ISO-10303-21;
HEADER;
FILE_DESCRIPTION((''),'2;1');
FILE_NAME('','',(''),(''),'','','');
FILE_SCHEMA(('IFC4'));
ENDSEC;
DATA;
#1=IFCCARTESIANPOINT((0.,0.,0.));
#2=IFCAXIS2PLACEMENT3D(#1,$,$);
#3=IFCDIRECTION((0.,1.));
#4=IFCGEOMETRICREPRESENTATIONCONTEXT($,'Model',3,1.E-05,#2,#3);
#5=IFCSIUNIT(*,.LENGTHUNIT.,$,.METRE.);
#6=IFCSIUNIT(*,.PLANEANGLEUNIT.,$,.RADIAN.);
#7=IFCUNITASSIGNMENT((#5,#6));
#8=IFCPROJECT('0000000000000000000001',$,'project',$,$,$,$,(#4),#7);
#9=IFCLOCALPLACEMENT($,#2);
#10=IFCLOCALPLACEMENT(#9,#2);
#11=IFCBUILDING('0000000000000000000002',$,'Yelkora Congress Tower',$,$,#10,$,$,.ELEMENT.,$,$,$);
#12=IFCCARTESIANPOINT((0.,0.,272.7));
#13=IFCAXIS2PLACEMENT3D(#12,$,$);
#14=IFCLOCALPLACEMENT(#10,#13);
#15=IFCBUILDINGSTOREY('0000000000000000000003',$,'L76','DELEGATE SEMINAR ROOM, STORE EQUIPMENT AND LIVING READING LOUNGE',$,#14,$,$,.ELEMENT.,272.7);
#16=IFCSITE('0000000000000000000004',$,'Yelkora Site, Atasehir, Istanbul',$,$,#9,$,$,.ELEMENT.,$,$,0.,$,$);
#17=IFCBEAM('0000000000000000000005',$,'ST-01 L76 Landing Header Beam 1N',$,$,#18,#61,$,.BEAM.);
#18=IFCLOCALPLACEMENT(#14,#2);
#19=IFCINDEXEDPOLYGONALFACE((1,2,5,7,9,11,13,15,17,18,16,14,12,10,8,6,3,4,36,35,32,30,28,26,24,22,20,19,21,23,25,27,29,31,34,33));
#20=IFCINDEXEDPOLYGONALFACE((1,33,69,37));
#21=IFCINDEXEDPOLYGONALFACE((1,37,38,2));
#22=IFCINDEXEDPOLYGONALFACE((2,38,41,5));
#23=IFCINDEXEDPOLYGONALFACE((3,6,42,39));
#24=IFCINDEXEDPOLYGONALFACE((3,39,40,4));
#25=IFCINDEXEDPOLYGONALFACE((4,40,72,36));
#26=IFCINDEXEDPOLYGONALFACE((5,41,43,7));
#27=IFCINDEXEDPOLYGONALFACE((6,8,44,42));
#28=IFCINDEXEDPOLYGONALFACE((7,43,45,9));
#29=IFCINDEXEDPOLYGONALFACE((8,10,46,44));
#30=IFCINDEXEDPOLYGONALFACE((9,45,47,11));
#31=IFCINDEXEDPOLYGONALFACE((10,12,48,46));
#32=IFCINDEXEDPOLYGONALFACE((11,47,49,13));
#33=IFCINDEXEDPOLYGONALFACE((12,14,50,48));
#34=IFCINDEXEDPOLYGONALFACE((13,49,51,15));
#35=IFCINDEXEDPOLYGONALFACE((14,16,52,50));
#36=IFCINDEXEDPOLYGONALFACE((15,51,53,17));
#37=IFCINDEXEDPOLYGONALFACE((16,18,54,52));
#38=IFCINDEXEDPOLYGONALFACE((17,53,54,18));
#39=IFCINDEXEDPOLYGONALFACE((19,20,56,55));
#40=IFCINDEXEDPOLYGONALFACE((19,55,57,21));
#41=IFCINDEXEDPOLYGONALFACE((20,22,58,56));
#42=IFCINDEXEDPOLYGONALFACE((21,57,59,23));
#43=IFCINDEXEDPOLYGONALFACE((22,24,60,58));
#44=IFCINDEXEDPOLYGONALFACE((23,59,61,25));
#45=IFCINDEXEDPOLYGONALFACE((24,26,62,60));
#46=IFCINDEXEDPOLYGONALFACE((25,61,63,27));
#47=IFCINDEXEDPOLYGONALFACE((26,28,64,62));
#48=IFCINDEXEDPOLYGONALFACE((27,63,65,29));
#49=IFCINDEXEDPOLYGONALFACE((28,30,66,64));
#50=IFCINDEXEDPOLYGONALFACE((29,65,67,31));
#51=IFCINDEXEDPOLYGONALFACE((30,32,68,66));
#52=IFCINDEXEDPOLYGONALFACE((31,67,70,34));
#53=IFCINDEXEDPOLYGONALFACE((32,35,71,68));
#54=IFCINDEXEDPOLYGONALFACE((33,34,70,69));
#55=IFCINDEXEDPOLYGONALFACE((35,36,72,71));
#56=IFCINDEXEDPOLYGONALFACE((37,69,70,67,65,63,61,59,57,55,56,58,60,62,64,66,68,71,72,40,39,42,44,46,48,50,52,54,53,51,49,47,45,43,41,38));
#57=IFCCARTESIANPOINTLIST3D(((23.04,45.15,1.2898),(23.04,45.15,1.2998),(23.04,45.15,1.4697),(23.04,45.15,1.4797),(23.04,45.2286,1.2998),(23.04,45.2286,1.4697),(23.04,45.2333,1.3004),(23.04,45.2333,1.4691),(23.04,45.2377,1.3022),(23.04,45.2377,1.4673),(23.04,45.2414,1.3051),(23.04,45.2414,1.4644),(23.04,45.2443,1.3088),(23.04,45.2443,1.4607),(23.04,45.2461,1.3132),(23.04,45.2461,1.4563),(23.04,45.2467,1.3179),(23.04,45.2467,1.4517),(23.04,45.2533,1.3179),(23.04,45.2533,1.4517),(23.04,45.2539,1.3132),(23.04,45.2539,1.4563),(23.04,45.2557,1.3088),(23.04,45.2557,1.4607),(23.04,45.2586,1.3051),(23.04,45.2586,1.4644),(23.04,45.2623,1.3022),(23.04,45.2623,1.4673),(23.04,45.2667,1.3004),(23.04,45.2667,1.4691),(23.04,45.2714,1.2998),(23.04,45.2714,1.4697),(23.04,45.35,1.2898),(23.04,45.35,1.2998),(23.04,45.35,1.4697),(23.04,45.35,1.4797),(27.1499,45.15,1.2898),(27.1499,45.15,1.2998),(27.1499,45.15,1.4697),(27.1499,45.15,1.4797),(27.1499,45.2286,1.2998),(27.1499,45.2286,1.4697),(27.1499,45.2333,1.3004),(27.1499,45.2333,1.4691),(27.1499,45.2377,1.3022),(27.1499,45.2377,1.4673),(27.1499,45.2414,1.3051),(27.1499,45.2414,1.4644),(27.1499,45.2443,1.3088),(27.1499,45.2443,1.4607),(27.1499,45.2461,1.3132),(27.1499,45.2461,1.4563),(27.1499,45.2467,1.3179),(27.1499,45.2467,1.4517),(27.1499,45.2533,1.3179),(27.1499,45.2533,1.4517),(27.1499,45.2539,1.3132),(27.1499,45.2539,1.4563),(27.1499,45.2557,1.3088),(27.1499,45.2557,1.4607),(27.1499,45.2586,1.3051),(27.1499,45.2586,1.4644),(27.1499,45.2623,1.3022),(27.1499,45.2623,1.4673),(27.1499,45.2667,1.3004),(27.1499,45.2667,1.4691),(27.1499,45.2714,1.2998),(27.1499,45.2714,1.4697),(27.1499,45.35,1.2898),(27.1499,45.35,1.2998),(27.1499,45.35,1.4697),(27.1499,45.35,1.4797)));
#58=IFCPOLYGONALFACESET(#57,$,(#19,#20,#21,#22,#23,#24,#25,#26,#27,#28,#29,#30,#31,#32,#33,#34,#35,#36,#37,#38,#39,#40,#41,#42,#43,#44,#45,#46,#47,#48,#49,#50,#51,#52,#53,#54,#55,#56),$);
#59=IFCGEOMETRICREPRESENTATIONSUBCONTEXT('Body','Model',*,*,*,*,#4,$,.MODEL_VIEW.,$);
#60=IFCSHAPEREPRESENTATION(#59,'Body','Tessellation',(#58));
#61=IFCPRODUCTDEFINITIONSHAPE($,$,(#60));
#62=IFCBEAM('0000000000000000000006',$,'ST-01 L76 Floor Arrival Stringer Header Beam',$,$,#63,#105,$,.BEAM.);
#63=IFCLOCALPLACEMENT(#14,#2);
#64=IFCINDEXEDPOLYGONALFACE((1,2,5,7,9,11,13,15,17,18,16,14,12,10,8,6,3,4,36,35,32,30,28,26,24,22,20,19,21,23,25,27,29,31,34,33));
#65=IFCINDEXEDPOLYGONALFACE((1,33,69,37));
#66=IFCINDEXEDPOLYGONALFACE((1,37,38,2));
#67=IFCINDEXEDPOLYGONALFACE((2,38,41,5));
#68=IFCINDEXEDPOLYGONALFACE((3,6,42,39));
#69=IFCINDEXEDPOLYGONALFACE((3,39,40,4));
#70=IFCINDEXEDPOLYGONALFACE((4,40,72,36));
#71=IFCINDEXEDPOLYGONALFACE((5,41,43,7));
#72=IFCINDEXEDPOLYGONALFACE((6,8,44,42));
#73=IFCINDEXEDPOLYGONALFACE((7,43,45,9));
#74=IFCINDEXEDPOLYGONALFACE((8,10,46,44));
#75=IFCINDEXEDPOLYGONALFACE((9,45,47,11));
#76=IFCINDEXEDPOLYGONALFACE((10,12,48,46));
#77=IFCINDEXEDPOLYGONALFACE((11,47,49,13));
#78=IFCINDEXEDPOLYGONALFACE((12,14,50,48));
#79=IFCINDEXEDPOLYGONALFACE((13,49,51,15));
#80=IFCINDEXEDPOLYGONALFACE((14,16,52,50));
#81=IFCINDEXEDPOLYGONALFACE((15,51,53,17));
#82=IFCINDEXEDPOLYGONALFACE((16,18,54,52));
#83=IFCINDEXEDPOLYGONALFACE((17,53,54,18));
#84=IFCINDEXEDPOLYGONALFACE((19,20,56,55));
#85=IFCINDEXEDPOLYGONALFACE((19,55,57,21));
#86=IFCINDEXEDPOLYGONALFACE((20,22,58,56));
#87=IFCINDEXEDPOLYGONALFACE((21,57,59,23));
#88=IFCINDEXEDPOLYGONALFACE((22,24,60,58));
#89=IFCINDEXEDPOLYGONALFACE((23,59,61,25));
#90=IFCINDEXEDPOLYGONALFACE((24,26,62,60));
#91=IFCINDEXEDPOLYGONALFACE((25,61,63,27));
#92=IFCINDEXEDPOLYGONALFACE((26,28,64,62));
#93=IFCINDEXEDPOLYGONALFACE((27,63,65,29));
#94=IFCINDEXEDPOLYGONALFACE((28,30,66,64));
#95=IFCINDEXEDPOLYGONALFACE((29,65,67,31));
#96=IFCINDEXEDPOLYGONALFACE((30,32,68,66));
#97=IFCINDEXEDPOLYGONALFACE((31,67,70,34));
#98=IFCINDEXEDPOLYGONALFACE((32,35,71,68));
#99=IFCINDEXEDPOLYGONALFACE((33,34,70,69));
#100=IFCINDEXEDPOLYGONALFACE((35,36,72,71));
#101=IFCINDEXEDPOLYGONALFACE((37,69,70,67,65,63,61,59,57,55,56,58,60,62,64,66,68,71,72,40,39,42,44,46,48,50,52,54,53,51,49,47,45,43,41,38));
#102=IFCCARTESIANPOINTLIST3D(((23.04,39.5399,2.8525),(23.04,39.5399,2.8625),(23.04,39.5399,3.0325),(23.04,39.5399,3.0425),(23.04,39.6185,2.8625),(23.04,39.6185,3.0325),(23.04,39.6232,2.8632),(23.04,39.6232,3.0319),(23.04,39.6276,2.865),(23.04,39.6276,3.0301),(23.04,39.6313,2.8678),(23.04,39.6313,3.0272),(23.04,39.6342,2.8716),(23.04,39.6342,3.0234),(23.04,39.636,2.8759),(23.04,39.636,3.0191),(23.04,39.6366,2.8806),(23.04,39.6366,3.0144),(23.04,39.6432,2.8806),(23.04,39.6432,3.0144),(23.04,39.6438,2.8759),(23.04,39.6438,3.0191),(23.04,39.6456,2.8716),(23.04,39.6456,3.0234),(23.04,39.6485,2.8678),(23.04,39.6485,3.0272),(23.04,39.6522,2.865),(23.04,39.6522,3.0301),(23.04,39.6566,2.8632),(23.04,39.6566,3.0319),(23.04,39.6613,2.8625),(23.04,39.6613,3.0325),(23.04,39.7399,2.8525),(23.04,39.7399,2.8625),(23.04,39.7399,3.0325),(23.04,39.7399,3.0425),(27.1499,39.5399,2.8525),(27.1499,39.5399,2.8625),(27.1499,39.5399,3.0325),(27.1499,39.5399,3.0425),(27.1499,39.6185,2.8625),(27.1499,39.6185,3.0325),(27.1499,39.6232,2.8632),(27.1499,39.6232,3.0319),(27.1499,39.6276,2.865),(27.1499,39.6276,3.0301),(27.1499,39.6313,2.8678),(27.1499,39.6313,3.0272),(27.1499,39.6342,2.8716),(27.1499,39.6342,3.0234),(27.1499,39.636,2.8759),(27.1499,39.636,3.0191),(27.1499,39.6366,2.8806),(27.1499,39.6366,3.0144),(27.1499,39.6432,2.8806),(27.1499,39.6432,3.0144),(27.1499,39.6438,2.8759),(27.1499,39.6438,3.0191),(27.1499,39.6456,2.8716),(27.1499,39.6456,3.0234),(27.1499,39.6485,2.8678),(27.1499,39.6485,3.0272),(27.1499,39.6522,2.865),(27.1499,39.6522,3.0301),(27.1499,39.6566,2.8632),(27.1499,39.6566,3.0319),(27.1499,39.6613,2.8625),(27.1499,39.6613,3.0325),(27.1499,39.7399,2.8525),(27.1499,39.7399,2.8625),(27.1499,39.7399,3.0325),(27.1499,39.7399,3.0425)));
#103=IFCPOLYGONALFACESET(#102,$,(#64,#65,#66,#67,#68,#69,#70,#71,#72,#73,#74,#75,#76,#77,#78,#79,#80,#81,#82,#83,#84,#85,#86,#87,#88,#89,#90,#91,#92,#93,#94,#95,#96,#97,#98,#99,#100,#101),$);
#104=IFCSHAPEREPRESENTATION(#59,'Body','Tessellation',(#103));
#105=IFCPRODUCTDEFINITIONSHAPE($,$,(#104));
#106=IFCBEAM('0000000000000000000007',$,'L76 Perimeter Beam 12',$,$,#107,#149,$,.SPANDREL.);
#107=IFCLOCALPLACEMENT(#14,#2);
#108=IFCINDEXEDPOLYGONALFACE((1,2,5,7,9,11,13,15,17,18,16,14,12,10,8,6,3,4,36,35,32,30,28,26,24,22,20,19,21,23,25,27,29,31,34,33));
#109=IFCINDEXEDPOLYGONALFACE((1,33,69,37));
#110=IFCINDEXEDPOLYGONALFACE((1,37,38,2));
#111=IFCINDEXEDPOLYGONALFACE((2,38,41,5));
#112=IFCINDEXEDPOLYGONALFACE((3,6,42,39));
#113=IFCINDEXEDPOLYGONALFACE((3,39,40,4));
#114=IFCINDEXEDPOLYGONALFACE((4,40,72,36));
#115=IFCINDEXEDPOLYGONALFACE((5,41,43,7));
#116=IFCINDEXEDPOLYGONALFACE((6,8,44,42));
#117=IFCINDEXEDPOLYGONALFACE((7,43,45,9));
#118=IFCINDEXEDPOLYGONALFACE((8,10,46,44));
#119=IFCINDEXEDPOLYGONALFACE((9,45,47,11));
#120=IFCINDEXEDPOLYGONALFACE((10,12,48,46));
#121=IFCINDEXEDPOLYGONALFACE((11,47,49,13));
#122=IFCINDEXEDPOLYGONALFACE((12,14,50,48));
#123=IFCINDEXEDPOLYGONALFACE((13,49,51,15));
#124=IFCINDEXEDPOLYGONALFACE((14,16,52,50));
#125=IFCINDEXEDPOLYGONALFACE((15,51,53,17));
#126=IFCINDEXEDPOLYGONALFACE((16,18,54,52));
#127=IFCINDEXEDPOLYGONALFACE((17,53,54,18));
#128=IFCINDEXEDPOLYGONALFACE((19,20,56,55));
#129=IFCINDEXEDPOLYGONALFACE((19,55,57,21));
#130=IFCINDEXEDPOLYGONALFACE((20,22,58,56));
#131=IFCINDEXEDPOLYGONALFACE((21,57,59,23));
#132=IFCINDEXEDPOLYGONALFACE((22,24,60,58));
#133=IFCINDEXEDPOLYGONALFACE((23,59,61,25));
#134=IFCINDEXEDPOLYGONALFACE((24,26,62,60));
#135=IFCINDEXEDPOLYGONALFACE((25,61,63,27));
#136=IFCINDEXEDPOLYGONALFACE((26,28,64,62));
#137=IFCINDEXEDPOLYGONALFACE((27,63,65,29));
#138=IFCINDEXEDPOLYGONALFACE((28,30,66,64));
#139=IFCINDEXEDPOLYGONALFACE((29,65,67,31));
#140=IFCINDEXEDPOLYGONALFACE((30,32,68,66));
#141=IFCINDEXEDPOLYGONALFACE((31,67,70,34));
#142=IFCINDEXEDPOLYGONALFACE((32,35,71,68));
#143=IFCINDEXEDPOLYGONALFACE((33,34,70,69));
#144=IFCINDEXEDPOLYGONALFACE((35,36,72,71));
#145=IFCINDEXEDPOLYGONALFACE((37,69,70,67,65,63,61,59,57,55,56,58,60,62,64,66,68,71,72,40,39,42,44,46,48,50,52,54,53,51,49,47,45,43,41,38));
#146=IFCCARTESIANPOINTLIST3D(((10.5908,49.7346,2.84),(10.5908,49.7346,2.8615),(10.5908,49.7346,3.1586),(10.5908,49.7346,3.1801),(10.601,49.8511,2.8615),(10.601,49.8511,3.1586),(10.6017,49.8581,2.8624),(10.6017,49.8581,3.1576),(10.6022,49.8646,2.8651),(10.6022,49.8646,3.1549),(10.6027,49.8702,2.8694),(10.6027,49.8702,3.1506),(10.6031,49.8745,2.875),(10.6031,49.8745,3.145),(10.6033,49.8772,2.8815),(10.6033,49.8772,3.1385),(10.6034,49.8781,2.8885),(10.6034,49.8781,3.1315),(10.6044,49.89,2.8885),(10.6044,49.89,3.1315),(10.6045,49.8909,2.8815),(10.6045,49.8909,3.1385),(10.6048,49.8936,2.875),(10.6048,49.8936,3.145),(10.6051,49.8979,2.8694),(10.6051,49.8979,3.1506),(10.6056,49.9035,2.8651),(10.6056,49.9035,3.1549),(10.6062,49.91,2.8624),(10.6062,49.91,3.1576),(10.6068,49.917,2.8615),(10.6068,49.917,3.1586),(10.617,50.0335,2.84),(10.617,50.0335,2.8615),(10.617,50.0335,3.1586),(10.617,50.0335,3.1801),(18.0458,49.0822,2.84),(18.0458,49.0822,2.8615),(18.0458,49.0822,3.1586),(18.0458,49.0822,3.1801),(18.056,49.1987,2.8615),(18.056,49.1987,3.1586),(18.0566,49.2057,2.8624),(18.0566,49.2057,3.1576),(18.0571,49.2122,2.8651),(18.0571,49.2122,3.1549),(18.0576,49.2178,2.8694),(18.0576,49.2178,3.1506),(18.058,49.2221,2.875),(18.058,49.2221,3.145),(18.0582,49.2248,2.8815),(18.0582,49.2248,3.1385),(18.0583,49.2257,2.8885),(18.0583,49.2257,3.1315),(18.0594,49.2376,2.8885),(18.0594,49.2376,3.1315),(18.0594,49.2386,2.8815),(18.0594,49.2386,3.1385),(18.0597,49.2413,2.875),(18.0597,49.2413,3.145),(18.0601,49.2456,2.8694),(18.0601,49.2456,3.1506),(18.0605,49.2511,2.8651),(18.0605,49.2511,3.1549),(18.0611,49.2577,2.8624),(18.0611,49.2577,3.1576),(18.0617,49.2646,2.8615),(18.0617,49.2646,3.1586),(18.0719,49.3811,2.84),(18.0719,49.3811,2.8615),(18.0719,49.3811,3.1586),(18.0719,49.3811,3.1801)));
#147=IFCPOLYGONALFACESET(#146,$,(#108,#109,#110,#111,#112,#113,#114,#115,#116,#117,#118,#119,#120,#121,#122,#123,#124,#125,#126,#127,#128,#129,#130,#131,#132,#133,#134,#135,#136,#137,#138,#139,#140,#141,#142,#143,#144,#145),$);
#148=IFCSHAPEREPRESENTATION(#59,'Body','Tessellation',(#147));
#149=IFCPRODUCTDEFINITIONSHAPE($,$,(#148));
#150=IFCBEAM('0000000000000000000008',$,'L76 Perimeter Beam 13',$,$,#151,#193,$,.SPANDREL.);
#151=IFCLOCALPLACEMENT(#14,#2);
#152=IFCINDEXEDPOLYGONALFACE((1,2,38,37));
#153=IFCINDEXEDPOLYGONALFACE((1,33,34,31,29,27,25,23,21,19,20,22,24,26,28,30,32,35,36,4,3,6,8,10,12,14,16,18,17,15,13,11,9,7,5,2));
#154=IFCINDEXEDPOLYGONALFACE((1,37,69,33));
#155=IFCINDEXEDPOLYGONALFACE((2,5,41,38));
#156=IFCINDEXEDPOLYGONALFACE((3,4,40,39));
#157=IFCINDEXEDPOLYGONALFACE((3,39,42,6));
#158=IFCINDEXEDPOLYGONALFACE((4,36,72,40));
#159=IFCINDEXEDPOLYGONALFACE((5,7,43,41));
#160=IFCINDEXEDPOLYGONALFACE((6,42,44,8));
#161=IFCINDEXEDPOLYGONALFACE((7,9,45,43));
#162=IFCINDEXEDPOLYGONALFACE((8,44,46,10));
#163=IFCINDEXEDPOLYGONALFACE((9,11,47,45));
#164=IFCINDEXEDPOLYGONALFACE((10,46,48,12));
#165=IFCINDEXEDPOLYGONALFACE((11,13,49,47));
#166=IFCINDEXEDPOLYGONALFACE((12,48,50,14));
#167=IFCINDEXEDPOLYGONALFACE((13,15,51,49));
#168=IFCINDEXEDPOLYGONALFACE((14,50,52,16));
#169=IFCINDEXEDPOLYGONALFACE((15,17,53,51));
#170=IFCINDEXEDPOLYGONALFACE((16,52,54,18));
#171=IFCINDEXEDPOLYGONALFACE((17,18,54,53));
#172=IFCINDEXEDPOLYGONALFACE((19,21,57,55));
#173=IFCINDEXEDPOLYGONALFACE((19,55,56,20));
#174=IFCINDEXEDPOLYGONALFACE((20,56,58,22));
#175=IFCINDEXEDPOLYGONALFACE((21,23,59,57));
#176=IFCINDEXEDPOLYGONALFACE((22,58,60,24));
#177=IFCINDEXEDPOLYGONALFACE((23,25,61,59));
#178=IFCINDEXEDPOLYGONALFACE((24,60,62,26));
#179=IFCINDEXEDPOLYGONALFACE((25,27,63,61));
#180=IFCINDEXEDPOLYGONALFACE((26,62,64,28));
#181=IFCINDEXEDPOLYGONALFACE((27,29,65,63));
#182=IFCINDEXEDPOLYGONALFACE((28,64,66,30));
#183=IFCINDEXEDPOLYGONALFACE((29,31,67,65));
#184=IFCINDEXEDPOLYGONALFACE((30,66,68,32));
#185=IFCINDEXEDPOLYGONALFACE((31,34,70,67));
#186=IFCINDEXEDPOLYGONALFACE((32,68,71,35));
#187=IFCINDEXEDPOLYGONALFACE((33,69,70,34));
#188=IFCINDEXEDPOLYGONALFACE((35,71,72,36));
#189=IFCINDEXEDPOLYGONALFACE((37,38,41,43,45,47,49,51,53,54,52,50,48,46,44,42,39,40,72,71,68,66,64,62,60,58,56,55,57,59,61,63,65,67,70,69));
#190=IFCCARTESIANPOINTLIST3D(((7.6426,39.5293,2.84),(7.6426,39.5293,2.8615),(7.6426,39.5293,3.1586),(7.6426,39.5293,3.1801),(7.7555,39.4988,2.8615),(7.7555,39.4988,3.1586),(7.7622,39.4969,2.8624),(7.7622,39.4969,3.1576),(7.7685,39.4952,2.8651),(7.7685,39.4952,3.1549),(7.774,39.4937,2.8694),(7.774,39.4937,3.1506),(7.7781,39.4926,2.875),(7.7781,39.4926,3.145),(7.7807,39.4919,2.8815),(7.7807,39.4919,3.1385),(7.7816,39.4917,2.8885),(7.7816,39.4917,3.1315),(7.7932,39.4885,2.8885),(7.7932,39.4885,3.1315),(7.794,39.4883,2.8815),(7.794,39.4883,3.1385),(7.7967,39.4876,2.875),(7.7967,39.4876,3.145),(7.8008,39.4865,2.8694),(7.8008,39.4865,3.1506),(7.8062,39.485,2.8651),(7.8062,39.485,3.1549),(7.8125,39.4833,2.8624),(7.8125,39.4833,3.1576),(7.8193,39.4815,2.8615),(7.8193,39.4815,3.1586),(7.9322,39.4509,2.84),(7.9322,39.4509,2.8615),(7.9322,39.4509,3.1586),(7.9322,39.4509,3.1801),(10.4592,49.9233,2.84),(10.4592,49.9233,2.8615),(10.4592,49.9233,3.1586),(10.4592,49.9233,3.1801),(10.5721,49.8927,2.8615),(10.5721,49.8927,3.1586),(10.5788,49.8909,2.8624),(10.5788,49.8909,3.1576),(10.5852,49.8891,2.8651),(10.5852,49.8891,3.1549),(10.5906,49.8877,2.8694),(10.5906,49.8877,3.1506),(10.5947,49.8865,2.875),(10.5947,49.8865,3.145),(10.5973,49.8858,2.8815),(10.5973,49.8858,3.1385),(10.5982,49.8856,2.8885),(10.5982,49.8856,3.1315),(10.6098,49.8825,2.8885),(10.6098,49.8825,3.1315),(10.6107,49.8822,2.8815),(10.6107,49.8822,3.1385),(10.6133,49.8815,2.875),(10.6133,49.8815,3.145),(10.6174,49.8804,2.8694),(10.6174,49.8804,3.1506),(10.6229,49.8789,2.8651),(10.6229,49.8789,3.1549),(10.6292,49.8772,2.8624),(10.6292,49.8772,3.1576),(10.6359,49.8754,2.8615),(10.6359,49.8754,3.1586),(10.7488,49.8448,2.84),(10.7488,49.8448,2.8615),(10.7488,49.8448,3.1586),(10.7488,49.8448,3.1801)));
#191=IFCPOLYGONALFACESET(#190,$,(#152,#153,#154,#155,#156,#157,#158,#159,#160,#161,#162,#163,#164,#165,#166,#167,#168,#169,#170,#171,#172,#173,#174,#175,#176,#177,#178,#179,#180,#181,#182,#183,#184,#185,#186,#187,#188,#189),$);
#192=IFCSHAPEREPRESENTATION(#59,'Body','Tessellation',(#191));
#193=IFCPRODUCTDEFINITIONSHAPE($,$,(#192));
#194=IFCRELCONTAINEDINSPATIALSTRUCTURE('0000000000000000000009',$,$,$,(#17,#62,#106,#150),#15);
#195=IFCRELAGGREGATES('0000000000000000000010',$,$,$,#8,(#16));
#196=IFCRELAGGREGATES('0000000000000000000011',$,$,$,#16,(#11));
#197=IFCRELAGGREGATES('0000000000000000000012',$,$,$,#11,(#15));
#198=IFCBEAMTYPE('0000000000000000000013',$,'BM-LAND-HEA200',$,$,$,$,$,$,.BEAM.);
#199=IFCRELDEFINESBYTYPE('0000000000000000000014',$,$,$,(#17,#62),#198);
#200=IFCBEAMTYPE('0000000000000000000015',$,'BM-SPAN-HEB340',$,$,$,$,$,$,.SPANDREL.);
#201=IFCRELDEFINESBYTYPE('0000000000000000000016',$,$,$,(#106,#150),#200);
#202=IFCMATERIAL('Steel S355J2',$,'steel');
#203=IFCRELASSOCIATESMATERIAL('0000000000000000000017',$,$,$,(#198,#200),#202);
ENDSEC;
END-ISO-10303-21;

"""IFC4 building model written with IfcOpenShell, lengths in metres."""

from ifc_helpers import new_model, si_unit, direction, frame, origin, origin_2d, place, context, subcontext, project, spatial, i_section, extrude, material, material_profile, profile_set, type_object, element, save


model = new_model("IFC4")

# Units and contexts
model_context = context("Model", 3, precision=1e-05, world=origin(), true_north=direction((0.0, 1.0)))
body_context = subcontext(model_context, "Body", "Model", "MODEL_VIEW")
ifc_project = project(units=[si_unit("LENGTHUNIT", "METRE"), si_unit("PLANEANGLEUNIT", "RADIAN")], contexts=[model_context])

# Site, building, storey
site_placement = place(None, origin())
site = spatial("IfcSite", under=ifc_project, at=site_placement, Name="Yelkora Site, Atasehir, Istanbul", CompositionType="ELEMENT", RefElevation=0.0)
building_placement = place(site_placement, origin())
building = spatial("IfcBuilding", under=site, at=building_placement, Name="Yelkora Congress Tower", CompositionType="ELEMENT")
storey_placement = place(building_placement, frame((0.0, 0.0, 272.7)))
storey = spatial("IfcBuildingStorey", under=building, at=storey_placement, Name="L76", Description="DELEGATE SEMINAR ROOM, STORE EQUIPMENT AND LIVING READING LOUNGE", CompositionType="ELEMENT", Elevation=272.7)

# Shared definitions
ifc_material_1 = material(Name="Steel S355J2", Category="steel")

# Beams
ifc_material_profile_1 = material_profile(ifc_material_1, i_section(OverallWidth=0.2, OverallDepth=0.1899, WebThickness=0.0066, FlangeThickness=0.01, FilletRadius=0.0181, at=origin_2d()), Name="HEA 200")
ifc_profile_set_1 = profile_set([ifc_material_profile_1], Name="Steel S355J2")
beam_type_1 = type_object("IfcBeamType", Name="BM-LAND-HEA200", PredefinedType="BEAM", material=ifc_profile_set_1)
for number, where, z_axis, x_axis, name in (
    (1, (23.04, 45.25, 1.3848), (1.0, 0.0, 0.0), (0.0, 1.0, 0.0), "ST-01 L76 Landing Header Beam 1N"),
    (2, (23.04, 39.6399, 2.9475), (1.0, 0.0, 0.0), (0.0, 1.0, 0.0), "ST-01 L76 Floor Arrival Stringer Header Beam"),
):
    element("IfcBeam", number, at=place(storey_placement, frame(where, z_axis=z_axis, x_axis=x_axis)), inside=storey, type_object=beam_type_1, Name=name, PredefinedType="BEAM", context=body_context, shape_type="SweptSolid", body=[
        extrude(i_section(OverallWidth=0.2, OverallDepth=0.1899, WebThickness=0.0066, FlangeThickness=0.01, FilletRadius=0.0181, at=origin_2d()), origin(), (0.0, 0.0, 1.0), 4.1099),
    ])
ifc_material_profile_2 = material_profile(ifc_material_1, i_section(OverallWidth=0.3, OverallDepth=0.3401, WebThickness=0.012, FlangeThickness=0.0215, FilletRadius=0.0271, at=origin_2d()), Name="HEB 340")
ifc_profile_set_2 = profile_set([ifc_material_profile_2], Name="Steel S355J2")
beam_type_2 = type_object("IfcBeamType", Name="BM-SPAN-HEB340", PredefinedType="SPANDREL", material=ifc_profile_set_2)
beam_1_placement = place(storey_placement, frame((18.0588, 49.2317, 3.01), z_axis=(-0.996193, 0.087173, 0.0), x_axis=(-0.087173, -0.996193, 0.0)))
element("IfcBeam", 3, at=beam_1_placement, inside=storey, type_object=beam_type_2, Name="L76 Perimeter Beam 12", PredefinedType="SPANDREL", context=body_context, shape_type="SweptSolid", body=[
    extrude(i_section(OverallWidth=0.3, OverallDepth=0.3401, WebThickness=0.012, FlangeThickness=0.0215, FilletRadius=0.0271, at=origin_2d()), origin(), (0.0, 0.0, 1.0), 7.4834),
])
beam_2_placement = place(storey_placement, frame((10.604, 49.884, 3.01), z_axis=(-0.261554, -0.965189, 0.0), x_axis=(0.965189, -0.261554, 0.0)))
element("IfcBeam", 4, at=beam_2_placement, inside=storey, type_object=beam_type_2, Name="L76 Perimeter Beam 13", PredefinedType="SPANDREL", context=body_context, shape_type="SweptSolid", body=[
    extrude(i_section(OverallWidth=0.3, OverallDepth=0.3401, WebThickness=0.012, FlangeThickness=0.0215, FilletRadius=0.0271, at=origin_2d()), origin(), (0.0, 0.0, 1.0), 10.7688),
])

save(model, "model.ifc")
